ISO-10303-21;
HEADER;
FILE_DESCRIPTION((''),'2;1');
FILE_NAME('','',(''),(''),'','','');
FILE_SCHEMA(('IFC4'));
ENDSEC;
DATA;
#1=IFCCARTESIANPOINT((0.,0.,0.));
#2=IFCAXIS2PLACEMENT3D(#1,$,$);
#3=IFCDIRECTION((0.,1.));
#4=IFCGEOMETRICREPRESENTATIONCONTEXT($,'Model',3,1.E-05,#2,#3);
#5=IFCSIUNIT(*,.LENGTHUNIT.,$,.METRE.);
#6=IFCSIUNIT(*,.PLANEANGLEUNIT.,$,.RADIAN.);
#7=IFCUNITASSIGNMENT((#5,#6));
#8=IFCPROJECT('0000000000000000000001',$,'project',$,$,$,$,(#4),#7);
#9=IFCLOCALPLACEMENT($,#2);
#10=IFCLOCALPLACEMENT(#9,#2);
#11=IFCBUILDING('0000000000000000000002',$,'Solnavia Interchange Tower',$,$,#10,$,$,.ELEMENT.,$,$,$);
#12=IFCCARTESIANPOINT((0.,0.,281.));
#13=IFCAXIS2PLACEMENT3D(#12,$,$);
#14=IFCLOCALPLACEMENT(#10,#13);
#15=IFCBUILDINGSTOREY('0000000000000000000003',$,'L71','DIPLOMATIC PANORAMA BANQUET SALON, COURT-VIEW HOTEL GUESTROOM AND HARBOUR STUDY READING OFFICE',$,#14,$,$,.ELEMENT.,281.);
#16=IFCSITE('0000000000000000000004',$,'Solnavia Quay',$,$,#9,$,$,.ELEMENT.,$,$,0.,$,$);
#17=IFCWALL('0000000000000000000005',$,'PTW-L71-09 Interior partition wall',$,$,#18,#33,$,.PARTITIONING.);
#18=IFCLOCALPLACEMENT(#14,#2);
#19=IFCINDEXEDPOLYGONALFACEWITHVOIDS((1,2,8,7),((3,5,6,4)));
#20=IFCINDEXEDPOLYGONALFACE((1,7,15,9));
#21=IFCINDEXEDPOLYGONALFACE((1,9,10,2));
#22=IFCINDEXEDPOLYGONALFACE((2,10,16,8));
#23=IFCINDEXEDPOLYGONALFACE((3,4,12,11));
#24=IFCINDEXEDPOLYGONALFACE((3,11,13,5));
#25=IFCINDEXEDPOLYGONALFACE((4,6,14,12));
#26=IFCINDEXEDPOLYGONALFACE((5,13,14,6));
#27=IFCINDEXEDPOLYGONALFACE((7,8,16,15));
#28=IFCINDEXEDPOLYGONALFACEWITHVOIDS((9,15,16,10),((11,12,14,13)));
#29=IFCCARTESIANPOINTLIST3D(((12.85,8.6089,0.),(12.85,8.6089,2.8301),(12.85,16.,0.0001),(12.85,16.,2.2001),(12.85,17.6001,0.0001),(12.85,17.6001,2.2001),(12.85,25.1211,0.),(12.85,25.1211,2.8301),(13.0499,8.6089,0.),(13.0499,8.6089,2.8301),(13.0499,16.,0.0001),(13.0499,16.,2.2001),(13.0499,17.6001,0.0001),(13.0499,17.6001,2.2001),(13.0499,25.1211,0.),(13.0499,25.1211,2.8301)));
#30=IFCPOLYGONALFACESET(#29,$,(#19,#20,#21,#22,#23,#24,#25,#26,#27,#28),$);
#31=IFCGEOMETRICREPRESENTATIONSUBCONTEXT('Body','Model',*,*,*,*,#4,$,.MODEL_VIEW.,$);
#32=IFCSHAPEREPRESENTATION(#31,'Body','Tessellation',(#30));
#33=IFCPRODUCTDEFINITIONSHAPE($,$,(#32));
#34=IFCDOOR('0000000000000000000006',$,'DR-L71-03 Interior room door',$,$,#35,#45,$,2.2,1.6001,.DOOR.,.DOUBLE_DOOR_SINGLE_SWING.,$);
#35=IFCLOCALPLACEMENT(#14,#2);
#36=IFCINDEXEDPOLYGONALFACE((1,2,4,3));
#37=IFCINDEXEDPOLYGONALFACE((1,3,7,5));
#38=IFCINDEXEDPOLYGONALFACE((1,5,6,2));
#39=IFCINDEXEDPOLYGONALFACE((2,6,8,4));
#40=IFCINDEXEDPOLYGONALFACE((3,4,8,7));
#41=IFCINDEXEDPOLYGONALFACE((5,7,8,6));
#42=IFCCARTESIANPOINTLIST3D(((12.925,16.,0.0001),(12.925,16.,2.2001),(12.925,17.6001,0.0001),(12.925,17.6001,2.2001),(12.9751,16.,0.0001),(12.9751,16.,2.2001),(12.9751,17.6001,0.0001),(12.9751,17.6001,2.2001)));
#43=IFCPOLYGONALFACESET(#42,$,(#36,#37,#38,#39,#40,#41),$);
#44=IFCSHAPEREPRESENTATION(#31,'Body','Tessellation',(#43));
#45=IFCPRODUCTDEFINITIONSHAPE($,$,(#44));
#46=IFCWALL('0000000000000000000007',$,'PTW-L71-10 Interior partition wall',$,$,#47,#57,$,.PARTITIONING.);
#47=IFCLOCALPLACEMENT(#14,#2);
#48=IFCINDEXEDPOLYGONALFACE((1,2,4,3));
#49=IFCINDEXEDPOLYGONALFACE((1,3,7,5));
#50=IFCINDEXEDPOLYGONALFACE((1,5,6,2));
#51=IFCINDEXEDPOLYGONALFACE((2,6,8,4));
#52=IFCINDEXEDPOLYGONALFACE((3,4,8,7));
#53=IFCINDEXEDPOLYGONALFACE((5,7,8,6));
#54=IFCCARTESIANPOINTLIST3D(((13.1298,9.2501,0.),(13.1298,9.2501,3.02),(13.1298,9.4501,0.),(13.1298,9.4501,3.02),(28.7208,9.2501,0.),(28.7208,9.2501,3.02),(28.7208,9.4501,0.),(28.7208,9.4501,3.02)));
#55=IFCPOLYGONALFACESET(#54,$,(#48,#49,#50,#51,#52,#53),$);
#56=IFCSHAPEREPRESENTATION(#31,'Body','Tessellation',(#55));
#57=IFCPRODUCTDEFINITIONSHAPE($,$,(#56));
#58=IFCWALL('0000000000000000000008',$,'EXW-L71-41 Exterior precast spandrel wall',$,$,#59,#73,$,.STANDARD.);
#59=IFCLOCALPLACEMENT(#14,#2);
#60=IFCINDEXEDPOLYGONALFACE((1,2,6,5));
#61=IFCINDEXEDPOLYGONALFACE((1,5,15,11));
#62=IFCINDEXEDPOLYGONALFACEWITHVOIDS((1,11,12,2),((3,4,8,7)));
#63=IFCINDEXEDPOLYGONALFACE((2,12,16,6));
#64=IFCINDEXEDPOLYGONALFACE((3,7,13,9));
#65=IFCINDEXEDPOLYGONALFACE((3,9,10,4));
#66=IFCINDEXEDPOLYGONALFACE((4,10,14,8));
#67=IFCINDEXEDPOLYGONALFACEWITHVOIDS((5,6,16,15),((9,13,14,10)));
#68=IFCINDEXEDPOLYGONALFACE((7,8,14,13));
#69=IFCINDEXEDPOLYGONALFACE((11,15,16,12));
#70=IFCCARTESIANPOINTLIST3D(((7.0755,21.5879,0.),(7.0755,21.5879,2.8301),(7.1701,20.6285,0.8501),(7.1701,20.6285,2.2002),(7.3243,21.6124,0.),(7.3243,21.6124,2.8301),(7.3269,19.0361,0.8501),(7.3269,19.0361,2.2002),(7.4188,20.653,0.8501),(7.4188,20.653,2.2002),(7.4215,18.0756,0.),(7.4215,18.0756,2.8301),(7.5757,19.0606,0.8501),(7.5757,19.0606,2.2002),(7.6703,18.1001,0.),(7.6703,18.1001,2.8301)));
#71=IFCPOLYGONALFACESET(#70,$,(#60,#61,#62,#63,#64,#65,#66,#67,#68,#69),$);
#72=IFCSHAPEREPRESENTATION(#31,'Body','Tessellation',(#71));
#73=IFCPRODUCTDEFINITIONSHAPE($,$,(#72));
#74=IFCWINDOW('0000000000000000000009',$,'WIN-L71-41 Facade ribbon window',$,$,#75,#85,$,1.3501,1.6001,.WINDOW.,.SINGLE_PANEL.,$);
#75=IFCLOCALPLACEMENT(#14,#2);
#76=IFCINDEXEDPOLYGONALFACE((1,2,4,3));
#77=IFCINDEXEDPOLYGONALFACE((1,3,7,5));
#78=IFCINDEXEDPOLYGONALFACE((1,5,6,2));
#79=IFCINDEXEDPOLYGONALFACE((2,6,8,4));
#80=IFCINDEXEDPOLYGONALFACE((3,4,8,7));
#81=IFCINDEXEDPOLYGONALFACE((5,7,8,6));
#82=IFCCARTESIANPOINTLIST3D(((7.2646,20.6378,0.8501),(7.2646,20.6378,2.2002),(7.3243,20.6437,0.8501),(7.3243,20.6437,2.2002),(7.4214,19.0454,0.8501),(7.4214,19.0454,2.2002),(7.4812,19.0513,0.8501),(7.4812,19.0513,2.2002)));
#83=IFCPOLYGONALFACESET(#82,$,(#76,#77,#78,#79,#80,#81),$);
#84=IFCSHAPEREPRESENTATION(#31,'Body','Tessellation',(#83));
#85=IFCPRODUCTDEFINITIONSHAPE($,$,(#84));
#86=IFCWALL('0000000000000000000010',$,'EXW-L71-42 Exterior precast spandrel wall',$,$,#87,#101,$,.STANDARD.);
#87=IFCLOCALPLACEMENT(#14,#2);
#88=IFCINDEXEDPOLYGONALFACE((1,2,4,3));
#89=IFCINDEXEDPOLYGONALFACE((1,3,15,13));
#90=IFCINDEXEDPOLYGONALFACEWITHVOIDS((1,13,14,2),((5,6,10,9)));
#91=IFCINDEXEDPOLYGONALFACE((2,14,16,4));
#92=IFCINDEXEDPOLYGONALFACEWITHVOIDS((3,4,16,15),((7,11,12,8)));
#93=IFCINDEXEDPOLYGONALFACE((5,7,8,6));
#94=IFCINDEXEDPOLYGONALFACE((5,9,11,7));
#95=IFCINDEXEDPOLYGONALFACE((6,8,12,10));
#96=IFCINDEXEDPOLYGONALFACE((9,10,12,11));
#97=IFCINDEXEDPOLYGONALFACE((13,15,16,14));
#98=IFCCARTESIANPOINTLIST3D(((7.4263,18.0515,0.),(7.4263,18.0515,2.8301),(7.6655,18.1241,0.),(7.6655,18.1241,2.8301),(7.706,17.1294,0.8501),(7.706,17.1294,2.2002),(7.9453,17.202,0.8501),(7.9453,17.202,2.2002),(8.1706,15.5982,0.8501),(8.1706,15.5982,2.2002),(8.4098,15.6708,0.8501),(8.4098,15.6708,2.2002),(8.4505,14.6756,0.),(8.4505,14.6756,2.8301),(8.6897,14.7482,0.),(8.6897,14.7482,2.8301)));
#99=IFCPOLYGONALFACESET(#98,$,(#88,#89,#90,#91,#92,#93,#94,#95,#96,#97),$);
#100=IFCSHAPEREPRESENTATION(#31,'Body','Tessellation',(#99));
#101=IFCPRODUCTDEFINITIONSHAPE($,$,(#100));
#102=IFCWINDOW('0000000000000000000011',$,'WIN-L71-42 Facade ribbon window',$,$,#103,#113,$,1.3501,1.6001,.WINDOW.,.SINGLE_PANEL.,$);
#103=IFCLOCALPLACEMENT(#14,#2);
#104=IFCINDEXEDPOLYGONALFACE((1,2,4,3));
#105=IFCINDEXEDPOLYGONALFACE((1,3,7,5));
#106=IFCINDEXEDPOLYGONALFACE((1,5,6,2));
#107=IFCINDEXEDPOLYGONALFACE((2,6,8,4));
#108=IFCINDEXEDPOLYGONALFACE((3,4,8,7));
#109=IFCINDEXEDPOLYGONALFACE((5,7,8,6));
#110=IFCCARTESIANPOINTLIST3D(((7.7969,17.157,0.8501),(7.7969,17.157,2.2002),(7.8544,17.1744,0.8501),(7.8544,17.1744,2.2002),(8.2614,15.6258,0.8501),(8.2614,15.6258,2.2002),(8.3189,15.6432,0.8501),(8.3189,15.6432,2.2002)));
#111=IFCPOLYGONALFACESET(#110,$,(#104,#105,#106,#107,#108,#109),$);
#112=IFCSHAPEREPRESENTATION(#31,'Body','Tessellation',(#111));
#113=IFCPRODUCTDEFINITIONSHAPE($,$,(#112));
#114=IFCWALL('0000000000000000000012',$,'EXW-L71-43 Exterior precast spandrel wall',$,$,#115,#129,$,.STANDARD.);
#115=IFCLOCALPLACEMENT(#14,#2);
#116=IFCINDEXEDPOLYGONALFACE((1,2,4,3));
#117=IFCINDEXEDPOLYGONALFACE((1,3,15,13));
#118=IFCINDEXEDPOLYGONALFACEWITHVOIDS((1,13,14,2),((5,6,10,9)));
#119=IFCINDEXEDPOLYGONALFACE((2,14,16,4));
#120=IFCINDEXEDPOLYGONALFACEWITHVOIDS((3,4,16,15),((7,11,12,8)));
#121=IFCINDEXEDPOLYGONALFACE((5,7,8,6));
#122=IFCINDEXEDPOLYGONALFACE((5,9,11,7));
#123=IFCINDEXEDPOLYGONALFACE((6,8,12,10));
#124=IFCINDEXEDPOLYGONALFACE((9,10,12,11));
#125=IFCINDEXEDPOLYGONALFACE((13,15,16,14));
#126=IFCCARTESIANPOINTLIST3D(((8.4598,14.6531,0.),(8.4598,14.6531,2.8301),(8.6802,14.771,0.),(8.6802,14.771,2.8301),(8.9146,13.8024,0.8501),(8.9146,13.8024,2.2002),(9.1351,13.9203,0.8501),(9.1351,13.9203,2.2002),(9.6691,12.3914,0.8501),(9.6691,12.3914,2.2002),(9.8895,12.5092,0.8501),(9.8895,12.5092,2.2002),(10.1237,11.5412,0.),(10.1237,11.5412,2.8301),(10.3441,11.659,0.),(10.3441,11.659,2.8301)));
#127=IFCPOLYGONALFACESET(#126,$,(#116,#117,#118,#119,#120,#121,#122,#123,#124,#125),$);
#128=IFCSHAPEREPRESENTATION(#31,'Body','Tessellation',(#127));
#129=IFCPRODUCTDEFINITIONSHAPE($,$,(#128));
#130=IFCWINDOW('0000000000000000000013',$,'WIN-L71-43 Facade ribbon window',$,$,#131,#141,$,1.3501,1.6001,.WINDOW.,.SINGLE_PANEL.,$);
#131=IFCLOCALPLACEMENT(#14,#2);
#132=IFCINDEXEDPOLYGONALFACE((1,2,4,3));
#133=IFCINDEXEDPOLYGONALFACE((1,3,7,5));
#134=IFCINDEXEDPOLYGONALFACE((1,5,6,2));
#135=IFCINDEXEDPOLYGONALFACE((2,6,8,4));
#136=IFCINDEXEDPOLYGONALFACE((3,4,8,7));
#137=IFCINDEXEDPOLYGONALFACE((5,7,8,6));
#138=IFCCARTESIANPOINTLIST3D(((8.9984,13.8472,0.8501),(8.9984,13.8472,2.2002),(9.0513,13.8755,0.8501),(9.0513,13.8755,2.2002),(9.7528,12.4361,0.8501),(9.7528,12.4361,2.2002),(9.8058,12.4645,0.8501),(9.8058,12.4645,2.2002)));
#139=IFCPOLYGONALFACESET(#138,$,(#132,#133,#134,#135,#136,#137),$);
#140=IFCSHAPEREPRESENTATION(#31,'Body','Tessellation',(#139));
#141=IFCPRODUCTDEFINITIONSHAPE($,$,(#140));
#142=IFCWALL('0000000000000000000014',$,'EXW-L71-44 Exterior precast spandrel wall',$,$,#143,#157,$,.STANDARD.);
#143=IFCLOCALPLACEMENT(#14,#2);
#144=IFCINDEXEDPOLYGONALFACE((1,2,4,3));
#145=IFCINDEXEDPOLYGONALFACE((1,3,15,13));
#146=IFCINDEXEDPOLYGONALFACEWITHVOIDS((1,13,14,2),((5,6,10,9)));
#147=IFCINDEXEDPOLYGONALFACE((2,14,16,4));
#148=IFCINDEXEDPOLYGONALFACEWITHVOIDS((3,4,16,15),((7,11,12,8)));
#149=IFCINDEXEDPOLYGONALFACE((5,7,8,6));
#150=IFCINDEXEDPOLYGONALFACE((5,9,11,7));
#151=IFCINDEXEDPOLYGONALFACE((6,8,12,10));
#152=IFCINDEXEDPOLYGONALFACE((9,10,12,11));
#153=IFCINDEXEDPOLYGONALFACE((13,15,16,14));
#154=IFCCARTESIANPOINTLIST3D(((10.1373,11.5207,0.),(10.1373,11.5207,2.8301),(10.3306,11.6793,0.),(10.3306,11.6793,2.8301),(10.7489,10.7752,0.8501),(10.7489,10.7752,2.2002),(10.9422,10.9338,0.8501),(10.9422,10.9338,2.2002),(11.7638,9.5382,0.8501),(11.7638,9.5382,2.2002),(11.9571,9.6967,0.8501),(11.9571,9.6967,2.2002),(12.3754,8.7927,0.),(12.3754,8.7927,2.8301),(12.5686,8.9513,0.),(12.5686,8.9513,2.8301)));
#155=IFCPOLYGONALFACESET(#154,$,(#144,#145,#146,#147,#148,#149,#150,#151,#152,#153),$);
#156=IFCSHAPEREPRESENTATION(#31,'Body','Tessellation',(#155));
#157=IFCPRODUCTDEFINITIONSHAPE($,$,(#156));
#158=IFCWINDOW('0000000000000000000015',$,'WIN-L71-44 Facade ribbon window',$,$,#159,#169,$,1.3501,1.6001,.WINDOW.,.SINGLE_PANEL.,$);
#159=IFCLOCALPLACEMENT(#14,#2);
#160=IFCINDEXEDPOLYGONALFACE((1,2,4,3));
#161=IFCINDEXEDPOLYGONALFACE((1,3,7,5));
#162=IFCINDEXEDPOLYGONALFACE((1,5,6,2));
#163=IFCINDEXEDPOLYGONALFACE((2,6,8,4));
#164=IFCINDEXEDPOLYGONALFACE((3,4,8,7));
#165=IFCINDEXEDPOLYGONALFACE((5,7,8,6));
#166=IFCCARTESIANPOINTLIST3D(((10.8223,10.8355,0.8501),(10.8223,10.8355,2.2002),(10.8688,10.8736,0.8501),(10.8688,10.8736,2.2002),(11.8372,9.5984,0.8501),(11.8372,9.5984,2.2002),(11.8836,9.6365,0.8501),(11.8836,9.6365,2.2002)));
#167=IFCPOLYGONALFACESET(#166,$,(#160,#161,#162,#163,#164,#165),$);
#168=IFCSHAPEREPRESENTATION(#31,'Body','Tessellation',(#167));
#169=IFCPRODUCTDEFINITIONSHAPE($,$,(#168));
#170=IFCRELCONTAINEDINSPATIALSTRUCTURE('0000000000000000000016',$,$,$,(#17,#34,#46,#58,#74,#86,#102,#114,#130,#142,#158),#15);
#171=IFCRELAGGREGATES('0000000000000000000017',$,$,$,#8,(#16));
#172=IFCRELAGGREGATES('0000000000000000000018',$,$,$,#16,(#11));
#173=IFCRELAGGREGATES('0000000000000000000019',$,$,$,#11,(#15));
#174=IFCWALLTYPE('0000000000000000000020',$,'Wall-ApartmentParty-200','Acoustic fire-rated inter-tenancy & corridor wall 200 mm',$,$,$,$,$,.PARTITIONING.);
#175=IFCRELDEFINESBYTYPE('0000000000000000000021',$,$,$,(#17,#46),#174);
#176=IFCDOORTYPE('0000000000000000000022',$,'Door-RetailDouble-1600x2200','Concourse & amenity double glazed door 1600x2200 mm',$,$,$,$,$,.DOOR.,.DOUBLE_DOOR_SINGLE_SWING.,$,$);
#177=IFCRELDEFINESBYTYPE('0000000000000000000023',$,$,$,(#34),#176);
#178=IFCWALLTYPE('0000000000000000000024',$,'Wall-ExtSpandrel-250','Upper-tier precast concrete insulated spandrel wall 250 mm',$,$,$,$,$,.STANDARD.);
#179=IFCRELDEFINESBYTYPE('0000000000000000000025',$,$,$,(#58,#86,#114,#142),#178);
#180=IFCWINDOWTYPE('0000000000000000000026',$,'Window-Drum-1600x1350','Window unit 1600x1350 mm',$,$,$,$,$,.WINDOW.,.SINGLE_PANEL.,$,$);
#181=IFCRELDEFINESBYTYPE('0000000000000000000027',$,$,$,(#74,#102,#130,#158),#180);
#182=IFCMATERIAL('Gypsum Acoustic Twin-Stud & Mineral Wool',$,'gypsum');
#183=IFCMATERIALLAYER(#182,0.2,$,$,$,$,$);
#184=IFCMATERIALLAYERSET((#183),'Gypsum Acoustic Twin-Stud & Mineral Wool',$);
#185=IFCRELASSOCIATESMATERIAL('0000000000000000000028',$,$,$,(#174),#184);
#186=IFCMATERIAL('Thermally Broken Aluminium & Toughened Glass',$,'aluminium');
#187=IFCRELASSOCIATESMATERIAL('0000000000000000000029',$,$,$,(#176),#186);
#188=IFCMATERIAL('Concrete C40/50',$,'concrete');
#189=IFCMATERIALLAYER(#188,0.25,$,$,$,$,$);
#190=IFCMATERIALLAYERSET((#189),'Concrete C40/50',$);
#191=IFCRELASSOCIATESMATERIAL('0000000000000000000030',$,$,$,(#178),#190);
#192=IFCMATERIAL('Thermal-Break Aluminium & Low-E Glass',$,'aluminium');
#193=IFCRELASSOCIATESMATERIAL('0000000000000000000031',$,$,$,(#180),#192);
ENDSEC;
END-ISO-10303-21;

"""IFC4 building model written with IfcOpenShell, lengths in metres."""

from ifc_helpers import new_model, si_unit, direction, frame, frame_2d, origin, place, context, subcontext, project, spatial, rectangle, extrude, material, layer, layer_set, type_object, element, fill, save


model = new_model("IFC4")

# Units and contexts
model_context = context("Model", 3, precision=1e-05, world=origin(), true_north=direction((0.0, 1.0)))
body_context = subcontext(model_context, "Body", "Model", "MODEL_VIEW")
ifc_project = project(units=[si_unit("LENGTHUNIT", "METRE"), si_unit("PLANEANGLEUNIT", "RADIAN")], contexts=[model_context])

# Site, building, storey
site_placement = place(None, origin())
site = spatial("IfcSite", under=ifc_project, at=site_placement, Name="Solnavia Quay", CompositionType="ELEMENT", RefElevation=0.0)
building_placement = place(site_placement, origin())
building = spatial("IfcBuilding", under=site, at=building_placement, Name="Solnavia Interchange Tower", CompositionType="ELEMENT")
storey_placement = place(building_placement, frame((0.0, 0.0, 281.0)))
storey = spatial("IfcBuildingStorey", under=building, at=storey_placement, Name="L71", Description="DIPLOMATIC PANORAMA BANQUET SALON, COURT-VIEW HOTEL GUESTROOM AND HARBOUR STUDY READING OFFICE", CompositionType="ELEMENT", Elevation=281.0)

# Shared definitions
ifc_material_1 = material(Name="Concrete C40/50", Category="concrete")

# Wall, opening, door
ifc_material_2 = material(Name="Gypsum Acoustic Twin-Stud & Mineral Wool", Category="gypsum")
ifc_layer_1 = layer(ifc_material_2, 0.2)
ifc_layer_set_1 = layer_set([ifc_layer_1], Name="Gypsum Acoustic Twin-Stud & Mineral Wool")
wall_type_1 = type_object("IfcWallType", Name="Wall-ApartmentParty-200", Description="Acoustic fire-rated inter-tenancy & corridor wall 200 mm", PredefinedType="PARTITIONING", material=ifc_layer_set_1)
wall_1_placement = place(storey_placement, frame((12.95, 8.6089, 0.0), z_axis=(0.0, 0.0, 1.0), x_axis=(0.0, 1.0, 0.0)))
wall_1 = element("IfcWall", 1, at=wall_1_placement, inside=storey, type_object=wall_type_1, Name="PTW-L71-09 Interior partition wall", PredefinedType="PARTITIONING", context=body_context, shape_type="SweptSolid", body=[
    extrude(rectangle(XDim=16.5122, YDim=0.2, at=frame_2d((8.2561, 0.0))), origin(), (0.0, 0.0, 1.0), 2.8301),
])
opening_1_placement = place(wall_1_placement, frame((7.3911, 0.0, 0.0)))
opening_1 = element("IfcOpeningElement", 2, at=opening_1_placement, cuts=wall_1, PredefinedType="OPENING", context=body_context, shape_type="SweptSolid", body=[
    extrude(rectangle(XDim=1.6001, YDim=2.2, at=frame_2d((0.8, 1.1001))), frame((0.0, 0.1099, 0.0), z_axis=(0.0, -1.0, 0.0), x_axis=(1.0, 0.0, 0.0)), (0.0, 0.0, 1.0), 0.22),
])
ifc_material_3 = material(Name="Thermally Broken Aluminium & Toughened Glass", Category="aluminium")
door_type = type_object("IfcDoorType", Name="Door-RetailDouble-1600x2200", Description="Concourse & amenity double glazed door 1600x2200 mm", OperationType="DOUBLE_DOOR_SINGLE_SWING", PredefinedType="DOOR", material=ifc_material_3)
door_placement = place(opening_1_placement, origin())
door = element("IfcDoor", 3, at=door_placement, inside=storey, type_object=door_type, Name="DR-L71-03 Interior room door", OperationType="DOUBLE_DOOR_SINGLE_SWING", OverallHeight=2.2, OverallWidth=1.6001, PredefinedType="DOOR", context=body_context, shape_type="SweptSolid", body=[
    extrude(rectangle(XDim=1.6001, YDim=2.2, at=frame_2d((0.8, 1.1001))), frame((0.0, 0.0249, 0.0), z_axis=(0.0, -1.0, 0.0), x_axis=(1.0, 0.0, 0.0)), (0.0, 0.0, 1.0), 0.05),
])
fill(opening_1, door)

# Wall
wall_2_placement = place(storey_placement, frame((13.1299, 9.3501, 0.0), z_axis=(0.0, 0.0, 1.0), x_axis=(1.0, 0.0, 0.0)))
element("IfcWall", 4, at=wall_2_placement, inside=storey, type_object=wall_type_1, Name="PTW-L71-10 Interior partition wall", PredefinedType="PARTITIONING", context=body_context, shape_type="SweptSolid", body=[
    extrude(rectangle(XDim=15.5911, YDim=0.2, at=frame_2d((7.7954, 0.0))), origin(), (0.0, 0.0, 1.0), 3.02),
])

# Walls, openings, windows
ifc_layer_2 = layer(ifc_material_1, 0.25)
ifc_layer_set_2 = layer_set([ifc_layer_2], Name="Concrete C40/50")
wall_type_2 = type_object("IfcWallType", Name="Wall-ExtSpandrel-250", Description="Upper-tier precast concrete insulated spandrel wall 250 mm", PredefinedType="STANDARD", material=ifc_layer_set_2)
wall_3_placement = place(storey_placement, frame((7.5459, 18.0879, 0.0), z_axis=(0.0, 0.0, 1.0), x_axis=(-0.098024, 0.995184, 0.0)))
wall_3 = element("IfcWall", 5, at=wall_3_placement, inside=storey, type_object=wall_type_2, Name="EXW-L71-41 Exterior precast spandrel wall", PredefinedType="STANDARD", context=body_context, shape_type="SweptSolid", body=[
    extrude(rectangle(XDim=3.5293, YDim=0.25, at=frame_2d((1.7646, 0.0))), origin(), (0.0, 0.0, 1.0), 2.8301),
])
opening_2_placement = place(wall_3_placement, frame((0.9651, 0.0, 0.8501)))
opening_2 = element("IfcOpeningElement", 6, at=opening_2_placement, cuts=wall_3, PredefinedType="OPENING", context=body_context, shape_type="SweptSolid", body=[
    extrude(rectangle(XDim=1.6001, YDim=1.3501, at=frame_2d((0.8, 0.675))), frame((0.0, 0.135, 0.0), z_axis=(0.0, -1.0, 0.0), x_axis=(1.0, 0.0, 0.0)), (0.0, 0.0, 1.0), 0.27),
])
ifc_material_4 = material(Name="Thermal-Break Aluminium & Low-E Glass", Category="aluminium")
window_type = type_object("IfcWindowType", Name="Window-Drum-1600x1350", Description="Window unit 1600x1350 mm", PartitioningType="SINGLE_PANEL", PredefinedType="WINDOW", material=ifc_material_4)
window_1_placement = place(opening_2_placement, origin())
window_1 = element("IfcWindow", 7, at=window_1_placement, inside=storey, type_object=window_type, Name="WIN-L71-41 Facade ribbon window", OverallHeight=1.3501, OverallWidth=1.6001, PartitioningType="SINGLE_PANEL", PredefinedType="WINDOW", context=body_context, shape_type="SweptSolid", body=[
    extrude(rectangle(XDim=1.6001, YDim=1.3501, at=frame_2d((0.8, 0.675))), frame((0.0, 0.03, 0.0), z_axis=(0.0, -1.0, 0.0), x_axis=(1.0, 0.0, 0.0)), (0.0, 0.0, 1.0), 0.0601),
])
fill(opening_2, window_1)
wall_4_placement = place(storey_placement, frame((8.5701, 14.7119, 0.0), z_axis=(0.0, 0.0, 1.0), x_axis=(-0.290305, 0.956934, 0.0)))
wall_4 = element("IfcWall", 8, at=wall_4_placement, inside=storey, type_object=wall_type_2, Name="EXW-L71-42 Exterior precast spandrel wall", PredefinedType="STANDARD", context=body_context, shape_type="SweptSolid", body=[
    extrude(rectangle(XDim=3.5278, YDim=0.25, at=frame_2d((1.7639, 0.0))), origin(), (0.0, 0.0, 1.0), 2.8301),
])
opening_3_placement = place(wall_4_placement, frame((0.9641, 0.0, 0.8501)))
opening_3 = element("IfcOpeningElement", 9, at=opening_3_placement, cuts=wall_4, PredefinedType="OPENING", context=body_context, shape_type="SweptSolid", body=[
    extrude(rectangle(XDim=1.6001, YDim=1.3501, at=frame_2d((0.8, 0.675))), frame((0.0, 0.135, 0.0), z_axis=(0.0, -1.0, 0.0), x_axis=(1.0, 0.0, 0.0)), (0.0, 0.0, 1.0), 0.27),
])
window_2_placement = place(opening_3_placement, origin())
window_2 = element("IfcWindow", 10, at=window_2_placement, inside=storey, type_object=window_type, Name="WIN-L71-42 Facade ribbon window", OverallHeight=1.3501, OverallWidth=1.6001, PartitioningType="SINGLE_PANEL", PredefinedType="WINDOW", context=body_context, shape_type="SweptSolid", body=[
    extrude(rectangle(XDim=1.6001, YDim=1.3501, at=frame_2d((0.8, 0.675))), frame((0.0, 0.03, 0.0), z_axis=(0.0, -1.0, 0.0), x_axis=(1.0, 0.0, 0.0)), (0.0, 0.0, 1.0), 0.0601),
])
fill(opening_3, window_2)
wall_5_placement = place(storey_placement, frame((10.2339, 11.6001, 0.0), z_axis=(0.0, 0.0, 1.0), x_axis=(-0.471511, 0.88186, 0.0)))
wall_5 = element("IfcWall", 11, at=wall_5_placement, inside=storey, type_object=wall_type_2, Name="EXW-L71-43 Exterior precast spandrel wall", PredefinedType="STANDARD", context=body_context, shape_type="SweptSolid", body=[
    extrude(rectangle(XDim=3.5288, YDim=0.25, at=frame_2d((1.7644, 0.0))), origin(), (0.0, 0.0, 1.0), 2.8301),
])
opening_4_placement = place(wall_5_placement, frame((0.9641, 0.0, 0.8501)))
opening_4 = element("IfcOpeningElement", 12, at=opening_4_placement, cuts=wall_5, PredefinedType="OPENING", context=body_context, shape_type="SweptSolid", body=[
    extrude(rectangle(XDim=1.6001, YDim=1.3501, at=frame_2d((0.8, 0.675))), frame((0.0, 0.135, 0.0), z_axis=(0.0, -1.0, 0.0), x_axis=(1.0, 0.0, 0.0)), (0.0, 0.0, 1.0), 0.27),
])
window_3_placement = place(opening_4_placement, origin())
window_3 = element("IfcWindow", 13, at=window_3_placement, inside=storey, type_object=window_type, Name="WIN-L71-43 Facade ribbon window", OverallHeight=1.3501, OverallWidth=1.6001, PartitioningType="SINGLE_PANEL", PredefinedType="WINDOW", context=body_context, shape_type="SweptSolid", body=[
    extrude(rectangle(XDim=1.6001, YDim=1.3501, at=frame_2d((0.8, 0.675))), frame((0.0, 0.03, 0.0), z_axis=(0.0, -1.0, 0.0), x_axis=(1.0, 0.0, 0.0)), (0.0, 0.0, 1.0), 0.0601),
])
fill(opening_4, window_3)
wall_6_placement = place(storey_placement, frame((12.4719, 8.8721, 0.0), z_axis=(0.0, 0.0, 1.0), x_axis=(-0.634258, 0.773121, 0.0)))
wall_6 = element("IfcWall", 14, at=wall_6_placement, inside=storey, type_object=wall_type_2, Name="EXW-L71-44 Exterior precast spandrel wall", PredefinedType="STANDARD", context=body_context, shape_type="SweptSolid", body=[
    extrude(rectangle(XDim=3.5286, YDim=0.25, at=frame_2d((1.7642, 0.0))), origin(), (0.0, 0.0, 1.0), 2.8301),
])
opening_5_placement = place(wall_6_placement, frame((0.9641, 0.0, 0.8501)))
opening_5 = element("IfcOpeningElement", 15, at=opening_5_placement, cuts=wall_6, PredefinedType="OPENING", context=body_context, shape_type="SweptSolid", body=[
    extrude(rectangle(XDim=1.6001, YDim=1.3501, at=frame_2d((0.8, 0.675))), frame((0.0, 0.135, 0.0), z_axis=(0.0, -1.0, 0.0), x_axis=(1.0, 0.0, 0.0)), (0.0, 0.0, 1.0), 0.27),
])
window_4_placement = place(opening_5_placement, origin())
window_4 = element("IfcWindow", 16, at=window_4_placement, inside=storey, type_object=window_type, Name="WIN-L71-44 Facade ribbon window", OverallHeight=1.3501, OverallWidth=1.6001, PartitioningType="SINGLE_PANEL", PredefinedType="WINDOW", context=body_context, shape_type="SweptSolid", body=[
    extrude(rectangle(XDim=1.6001, YDim=1.3501, at=frame_2d((0.8, 0.675))), frame((0.0, 0.03, 0.0), z_axis=(0.0, -1.0, 0.0), x_axis=(1.0, 0.0, 0.0)), (0.0, 0.0, 1.0), 0.0601),
])
fill(opening_5, window_4)

save(model, "model.ifc")
